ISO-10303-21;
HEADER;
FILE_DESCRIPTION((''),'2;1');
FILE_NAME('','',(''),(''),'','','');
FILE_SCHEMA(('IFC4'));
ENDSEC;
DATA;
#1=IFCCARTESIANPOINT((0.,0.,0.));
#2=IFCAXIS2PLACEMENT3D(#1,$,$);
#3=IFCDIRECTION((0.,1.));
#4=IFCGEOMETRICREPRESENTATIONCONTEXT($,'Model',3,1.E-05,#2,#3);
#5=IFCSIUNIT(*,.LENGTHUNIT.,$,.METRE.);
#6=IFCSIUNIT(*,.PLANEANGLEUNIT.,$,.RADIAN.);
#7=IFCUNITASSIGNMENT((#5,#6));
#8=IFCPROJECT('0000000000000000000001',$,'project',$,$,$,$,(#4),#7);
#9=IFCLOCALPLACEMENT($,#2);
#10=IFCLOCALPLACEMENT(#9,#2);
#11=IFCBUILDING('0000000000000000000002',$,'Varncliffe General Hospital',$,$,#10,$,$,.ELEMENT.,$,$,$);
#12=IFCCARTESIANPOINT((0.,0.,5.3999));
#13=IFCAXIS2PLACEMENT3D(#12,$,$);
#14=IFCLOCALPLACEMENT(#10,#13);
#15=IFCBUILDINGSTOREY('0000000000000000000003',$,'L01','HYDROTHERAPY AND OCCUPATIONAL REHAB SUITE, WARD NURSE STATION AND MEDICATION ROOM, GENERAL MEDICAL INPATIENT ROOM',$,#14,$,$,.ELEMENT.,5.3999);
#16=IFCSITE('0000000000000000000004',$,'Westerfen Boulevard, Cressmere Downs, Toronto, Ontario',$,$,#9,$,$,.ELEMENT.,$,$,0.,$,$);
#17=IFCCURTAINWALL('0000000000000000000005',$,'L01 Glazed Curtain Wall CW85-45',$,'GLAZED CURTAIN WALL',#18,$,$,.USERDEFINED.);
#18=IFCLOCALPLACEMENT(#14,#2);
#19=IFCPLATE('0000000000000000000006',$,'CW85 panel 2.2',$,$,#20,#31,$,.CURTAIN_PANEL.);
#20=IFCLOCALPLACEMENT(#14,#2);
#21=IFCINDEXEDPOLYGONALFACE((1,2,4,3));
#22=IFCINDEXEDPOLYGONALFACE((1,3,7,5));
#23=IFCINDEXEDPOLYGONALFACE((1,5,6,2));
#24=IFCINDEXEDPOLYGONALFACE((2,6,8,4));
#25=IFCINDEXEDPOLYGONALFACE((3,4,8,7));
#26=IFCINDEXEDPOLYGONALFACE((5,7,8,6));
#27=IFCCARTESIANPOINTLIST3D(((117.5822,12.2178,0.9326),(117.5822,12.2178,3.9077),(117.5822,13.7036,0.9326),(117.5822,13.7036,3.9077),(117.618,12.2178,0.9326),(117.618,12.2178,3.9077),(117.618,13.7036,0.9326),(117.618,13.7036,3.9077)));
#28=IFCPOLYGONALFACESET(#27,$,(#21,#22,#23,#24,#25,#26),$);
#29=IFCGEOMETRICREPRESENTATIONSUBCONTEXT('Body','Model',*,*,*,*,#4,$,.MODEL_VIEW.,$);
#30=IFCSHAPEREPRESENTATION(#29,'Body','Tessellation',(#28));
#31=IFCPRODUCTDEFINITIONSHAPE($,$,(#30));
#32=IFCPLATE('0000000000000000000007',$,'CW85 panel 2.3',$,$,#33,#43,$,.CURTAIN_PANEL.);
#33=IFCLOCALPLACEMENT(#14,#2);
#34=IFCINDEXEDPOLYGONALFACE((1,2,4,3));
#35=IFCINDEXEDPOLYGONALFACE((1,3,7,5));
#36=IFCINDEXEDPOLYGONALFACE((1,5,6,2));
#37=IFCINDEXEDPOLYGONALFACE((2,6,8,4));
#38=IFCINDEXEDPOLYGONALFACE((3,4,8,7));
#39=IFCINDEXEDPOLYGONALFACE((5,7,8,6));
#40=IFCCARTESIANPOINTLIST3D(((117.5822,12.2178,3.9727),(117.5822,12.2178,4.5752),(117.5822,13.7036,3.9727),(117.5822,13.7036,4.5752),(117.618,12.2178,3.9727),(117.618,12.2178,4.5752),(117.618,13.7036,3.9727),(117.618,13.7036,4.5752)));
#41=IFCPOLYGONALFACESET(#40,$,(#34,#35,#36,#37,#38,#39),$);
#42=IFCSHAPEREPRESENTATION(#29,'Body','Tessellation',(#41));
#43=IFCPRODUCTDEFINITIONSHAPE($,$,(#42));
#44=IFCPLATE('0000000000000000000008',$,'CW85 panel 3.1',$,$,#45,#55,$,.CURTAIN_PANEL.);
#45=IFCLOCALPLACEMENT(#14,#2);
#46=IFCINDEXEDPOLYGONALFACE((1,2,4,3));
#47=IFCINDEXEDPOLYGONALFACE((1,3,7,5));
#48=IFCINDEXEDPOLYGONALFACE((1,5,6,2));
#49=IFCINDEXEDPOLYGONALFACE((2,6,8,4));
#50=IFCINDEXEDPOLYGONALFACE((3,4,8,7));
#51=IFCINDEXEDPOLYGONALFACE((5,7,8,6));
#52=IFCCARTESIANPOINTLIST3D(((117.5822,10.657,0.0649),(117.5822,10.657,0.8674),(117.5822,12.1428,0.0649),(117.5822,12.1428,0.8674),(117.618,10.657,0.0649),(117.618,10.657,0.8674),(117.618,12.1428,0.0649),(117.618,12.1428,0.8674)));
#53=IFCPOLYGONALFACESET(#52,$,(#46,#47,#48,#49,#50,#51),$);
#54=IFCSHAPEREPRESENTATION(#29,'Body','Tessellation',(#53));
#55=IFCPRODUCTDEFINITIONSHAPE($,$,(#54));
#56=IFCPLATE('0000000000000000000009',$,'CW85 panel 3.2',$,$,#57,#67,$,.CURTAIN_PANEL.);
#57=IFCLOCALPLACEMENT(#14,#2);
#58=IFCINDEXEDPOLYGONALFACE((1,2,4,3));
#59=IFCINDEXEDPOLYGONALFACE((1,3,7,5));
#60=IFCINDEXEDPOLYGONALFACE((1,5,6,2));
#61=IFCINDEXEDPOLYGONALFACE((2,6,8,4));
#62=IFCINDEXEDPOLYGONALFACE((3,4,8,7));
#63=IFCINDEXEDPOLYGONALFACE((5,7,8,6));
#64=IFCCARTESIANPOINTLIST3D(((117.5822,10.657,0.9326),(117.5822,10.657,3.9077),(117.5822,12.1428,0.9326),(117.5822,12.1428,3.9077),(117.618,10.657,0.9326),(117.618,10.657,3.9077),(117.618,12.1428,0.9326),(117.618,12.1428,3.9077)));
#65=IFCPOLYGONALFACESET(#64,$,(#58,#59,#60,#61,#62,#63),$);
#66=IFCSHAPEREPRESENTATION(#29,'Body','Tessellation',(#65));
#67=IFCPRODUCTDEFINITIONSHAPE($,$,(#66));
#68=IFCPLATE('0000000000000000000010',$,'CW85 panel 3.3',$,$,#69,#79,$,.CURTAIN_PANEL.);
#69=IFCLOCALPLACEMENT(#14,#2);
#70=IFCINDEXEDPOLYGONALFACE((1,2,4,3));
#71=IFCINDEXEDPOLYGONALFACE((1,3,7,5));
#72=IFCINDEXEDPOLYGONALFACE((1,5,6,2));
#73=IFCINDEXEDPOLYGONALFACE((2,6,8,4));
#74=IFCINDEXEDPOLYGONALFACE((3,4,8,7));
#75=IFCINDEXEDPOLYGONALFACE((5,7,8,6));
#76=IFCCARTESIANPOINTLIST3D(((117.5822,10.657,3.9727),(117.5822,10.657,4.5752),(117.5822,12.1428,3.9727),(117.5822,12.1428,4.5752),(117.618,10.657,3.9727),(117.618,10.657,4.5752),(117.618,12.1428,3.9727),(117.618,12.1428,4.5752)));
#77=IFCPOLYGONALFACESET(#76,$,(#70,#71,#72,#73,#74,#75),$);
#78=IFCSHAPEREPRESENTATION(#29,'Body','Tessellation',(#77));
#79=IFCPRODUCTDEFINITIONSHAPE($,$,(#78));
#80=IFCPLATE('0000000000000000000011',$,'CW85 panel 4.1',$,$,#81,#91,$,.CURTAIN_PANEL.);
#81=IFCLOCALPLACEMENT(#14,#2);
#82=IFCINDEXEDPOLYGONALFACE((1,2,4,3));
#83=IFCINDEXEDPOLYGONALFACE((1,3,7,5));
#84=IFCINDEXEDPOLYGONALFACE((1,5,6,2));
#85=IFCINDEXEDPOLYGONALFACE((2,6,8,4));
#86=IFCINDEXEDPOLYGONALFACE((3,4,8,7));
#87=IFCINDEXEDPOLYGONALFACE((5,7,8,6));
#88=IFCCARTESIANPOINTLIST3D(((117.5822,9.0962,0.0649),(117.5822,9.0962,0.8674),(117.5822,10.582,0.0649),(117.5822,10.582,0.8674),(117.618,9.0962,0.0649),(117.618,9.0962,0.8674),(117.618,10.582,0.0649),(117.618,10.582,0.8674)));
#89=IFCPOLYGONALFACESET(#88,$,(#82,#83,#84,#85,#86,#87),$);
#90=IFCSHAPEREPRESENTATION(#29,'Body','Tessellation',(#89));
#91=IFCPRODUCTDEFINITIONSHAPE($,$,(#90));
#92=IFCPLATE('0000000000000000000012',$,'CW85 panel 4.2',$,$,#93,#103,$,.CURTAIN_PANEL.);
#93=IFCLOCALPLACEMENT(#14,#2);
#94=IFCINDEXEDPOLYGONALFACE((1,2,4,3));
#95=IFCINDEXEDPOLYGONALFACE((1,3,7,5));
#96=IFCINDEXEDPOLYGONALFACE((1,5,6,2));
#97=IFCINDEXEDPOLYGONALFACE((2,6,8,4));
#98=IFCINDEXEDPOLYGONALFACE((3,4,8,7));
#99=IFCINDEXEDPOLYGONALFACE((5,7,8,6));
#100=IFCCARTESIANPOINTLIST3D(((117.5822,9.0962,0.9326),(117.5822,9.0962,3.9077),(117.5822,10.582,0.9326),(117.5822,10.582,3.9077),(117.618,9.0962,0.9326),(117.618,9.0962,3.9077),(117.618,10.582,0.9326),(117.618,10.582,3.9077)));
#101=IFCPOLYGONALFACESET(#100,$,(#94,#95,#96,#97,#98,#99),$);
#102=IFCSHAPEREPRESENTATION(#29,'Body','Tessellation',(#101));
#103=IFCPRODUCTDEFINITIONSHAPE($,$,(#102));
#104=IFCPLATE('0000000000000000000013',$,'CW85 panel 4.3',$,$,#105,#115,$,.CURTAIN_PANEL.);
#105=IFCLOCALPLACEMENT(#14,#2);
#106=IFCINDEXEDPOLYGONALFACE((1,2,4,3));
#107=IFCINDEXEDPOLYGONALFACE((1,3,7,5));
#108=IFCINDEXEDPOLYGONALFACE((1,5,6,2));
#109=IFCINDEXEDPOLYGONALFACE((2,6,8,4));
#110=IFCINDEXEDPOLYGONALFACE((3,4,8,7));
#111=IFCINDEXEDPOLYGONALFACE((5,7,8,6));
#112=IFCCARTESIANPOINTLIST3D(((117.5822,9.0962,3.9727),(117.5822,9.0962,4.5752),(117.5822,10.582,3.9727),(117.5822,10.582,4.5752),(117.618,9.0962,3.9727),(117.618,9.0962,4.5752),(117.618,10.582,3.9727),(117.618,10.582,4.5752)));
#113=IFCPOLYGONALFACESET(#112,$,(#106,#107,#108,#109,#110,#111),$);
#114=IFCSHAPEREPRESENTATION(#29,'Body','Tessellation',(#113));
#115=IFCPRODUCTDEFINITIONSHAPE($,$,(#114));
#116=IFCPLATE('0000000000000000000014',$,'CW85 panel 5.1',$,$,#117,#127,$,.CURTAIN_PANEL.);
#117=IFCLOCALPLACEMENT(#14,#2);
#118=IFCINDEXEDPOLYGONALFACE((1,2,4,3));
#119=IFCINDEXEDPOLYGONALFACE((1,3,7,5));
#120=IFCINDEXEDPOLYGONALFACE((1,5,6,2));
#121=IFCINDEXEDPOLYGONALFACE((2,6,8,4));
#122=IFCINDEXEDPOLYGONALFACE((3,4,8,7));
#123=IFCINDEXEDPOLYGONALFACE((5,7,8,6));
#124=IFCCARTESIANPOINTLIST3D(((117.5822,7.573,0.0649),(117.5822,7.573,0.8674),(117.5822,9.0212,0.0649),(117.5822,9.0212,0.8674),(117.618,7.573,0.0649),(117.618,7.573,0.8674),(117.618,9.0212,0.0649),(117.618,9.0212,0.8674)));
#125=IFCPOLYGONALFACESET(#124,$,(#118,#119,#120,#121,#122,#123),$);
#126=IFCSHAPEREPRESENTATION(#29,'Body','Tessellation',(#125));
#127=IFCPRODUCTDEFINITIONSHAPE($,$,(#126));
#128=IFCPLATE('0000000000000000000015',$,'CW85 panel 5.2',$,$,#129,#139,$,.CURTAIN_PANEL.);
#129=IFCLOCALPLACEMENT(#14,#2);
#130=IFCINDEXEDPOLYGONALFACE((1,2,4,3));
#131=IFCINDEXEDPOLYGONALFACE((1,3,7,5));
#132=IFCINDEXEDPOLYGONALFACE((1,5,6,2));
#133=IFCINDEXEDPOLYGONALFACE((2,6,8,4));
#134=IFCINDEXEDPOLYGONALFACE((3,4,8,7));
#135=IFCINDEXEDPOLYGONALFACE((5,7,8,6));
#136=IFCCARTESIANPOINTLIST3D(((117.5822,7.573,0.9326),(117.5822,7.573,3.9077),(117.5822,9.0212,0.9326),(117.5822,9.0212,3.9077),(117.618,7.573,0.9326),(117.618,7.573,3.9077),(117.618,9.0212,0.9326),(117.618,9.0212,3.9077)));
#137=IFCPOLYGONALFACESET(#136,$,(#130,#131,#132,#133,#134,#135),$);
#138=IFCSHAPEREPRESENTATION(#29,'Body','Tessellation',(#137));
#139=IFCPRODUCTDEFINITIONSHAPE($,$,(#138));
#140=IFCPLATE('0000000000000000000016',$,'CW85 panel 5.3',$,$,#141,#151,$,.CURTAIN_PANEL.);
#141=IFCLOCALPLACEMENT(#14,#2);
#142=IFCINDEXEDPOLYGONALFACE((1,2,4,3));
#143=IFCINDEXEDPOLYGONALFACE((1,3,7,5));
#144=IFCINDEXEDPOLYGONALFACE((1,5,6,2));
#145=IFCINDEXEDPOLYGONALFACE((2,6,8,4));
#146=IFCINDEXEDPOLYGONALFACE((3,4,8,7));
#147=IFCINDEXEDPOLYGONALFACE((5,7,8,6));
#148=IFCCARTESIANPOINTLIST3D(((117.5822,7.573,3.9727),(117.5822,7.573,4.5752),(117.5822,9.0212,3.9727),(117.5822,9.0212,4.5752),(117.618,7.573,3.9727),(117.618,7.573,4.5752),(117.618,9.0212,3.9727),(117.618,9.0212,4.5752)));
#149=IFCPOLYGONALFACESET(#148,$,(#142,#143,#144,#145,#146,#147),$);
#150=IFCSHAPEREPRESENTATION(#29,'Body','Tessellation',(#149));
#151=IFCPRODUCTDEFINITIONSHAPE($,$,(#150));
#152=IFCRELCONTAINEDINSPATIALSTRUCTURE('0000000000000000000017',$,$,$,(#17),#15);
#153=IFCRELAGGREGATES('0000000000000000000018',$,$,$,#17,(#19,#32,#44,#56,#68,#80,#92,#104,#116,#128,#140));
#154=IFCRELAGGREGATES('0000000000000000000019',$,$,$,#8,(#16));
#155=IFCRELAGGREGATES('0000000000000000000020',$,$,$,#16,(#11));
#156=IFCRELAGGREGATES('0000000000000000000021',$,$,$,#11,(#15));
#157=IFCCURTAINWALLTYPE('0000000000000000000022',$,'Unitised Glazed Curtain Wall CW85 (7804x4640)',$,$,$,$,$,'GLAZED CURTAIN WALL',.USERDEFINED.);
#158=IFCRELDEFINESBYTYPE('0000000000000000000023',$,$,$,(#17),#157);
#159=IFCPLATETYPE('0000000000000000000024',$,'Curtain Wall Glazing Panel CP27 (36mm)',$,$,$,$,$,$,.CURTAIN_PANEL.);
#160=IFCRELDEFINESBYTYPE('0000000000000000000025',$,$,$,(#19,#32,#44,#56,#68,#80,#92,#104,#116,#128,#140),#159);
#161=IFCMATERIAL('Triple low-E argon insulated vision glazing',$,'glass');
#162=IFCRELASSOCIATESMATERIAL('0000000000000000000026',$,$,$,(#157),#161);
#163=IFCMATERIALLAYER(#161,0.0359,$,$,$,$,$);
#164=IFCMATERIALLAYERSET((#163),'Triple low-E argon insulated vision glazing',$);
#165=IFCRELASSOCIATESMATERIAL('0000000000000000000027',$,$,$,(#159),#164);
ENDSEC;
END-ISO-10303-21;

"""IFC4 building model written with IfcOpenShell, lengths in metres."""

from ifc_helpers import new_model, si_unit, direction, frame, origin, origin_2d, place, context, subcontext, project, spatial, rectangle, extrude, material, layer, layer_set, type_object, element, aggregate, save


model = new_model("IFC4")

# Units and contexts
model_context = context("Model", 3, precision=1e-05, world=origin(), true_north=direction((0.0, 1.0)))
body_context = subcontext(model_context, "Body", "Model", "MODEL_VIEW")
ifc_project = project(units=[si_unit("LENGTHUNIT", "METRE"), si_unit("PLANEANGLEUNIT", "RADIAN")], contexts=[model_context])

# Site, building, storey
site_placement = place(None, origin())
site = spatial("IfcSite", under=ifc_project, at=site_placement, Name="Westerfen Boulevard, Cressmere Downs, Toronto, Ontario", CompositionType="ELEMENT", RefElevation=0.0)
building_placement = place(site_placement, origin())
building = spatial("IfcBuilding", under=site, at=building_placement, Name="Varncliffe General Hospital", CompositionType="ELEMENT")
storey_placement = place(building_placement, frame((0.0, 0.0, 5.3999)))
storey = spatial("IfcBuildingStorey", under=building, at=storey_placement, Name="L01", Description="HYDROTHERAPY AND OCCUPATIONAL REHAB SUITE, WARD NURSE STATION AND MEDICATION ROOM, GENERAL MEDICAL INPATIENT ROOM", CompositionType="ELEMENT", Elevation=5.3999)

# Curtain wall
ifc_material_1 = material(Name="Triple low-E argon insulated vision glazing", Category="glass")
curtain_wall_type_1 = type_object("IfcCurtainWallType", Name="Unitised Glazed Curtain Wall CW85 (7804x4640)", ElementType="GLAZED CURTAIN WALL", PredefinedType="USERDEFINED", material=ifc_material_1)
curtain_wall_1_placement = place(storey_placement, origin())
curtain_wall_1 = element("IfcCurtainWall", 1, at=curtain_wall_1_placement, inside=storey, type_object=curtain_wall_type_1, Name="L01 Glazed Curtain Wall CW85-45", ObjectType="GLAZED CURTAIN WALL", PredefinedType="USERDEFINED")

# Plates
ifc_layer_1 = layer(ifc_material_1, 0.0359)
ifc_layer_set_1 = layer_set([ifc_layer_1], Name="Triple low-E argon insulated vision glazing")
plate_type_1 = type_object("IfcPlateType", Name="Curtain Wall Glazing Panel CP27 (36mm)", PredefinedType="CURTAIN_PANEL", material=ifc_layer_set_1)
plate_1_placement = place(storey_placement, frame((117.6001, 12.9607, 0.9326), z_axis=(0.0, 0.0, 1.0), x_axis=(0.0, -1.0, 0.0)))
plate_1 = element("IfcPlate", 2, at=plate_1_placement, type_object=plate_type_1, Name="CW85 panel 2.2", PredefinedType="CURTAIN_PANEL", context=body_context, shape_type="SweptSolid", body=[
    extrude(rectangle(XDim=1.4858, YDim=0.0359, at=origin_2d()), origin(), (0.0, 0.0, 1.0), 2.9751),
])
plate_2_placement = place(storey_placement, frame((117.6001, 12.9607, 3.9727), z_axis=(0.0, 0.0, 1.0), x_axis=(0.0, -1.0, 0.0)))
plate_2 = element("IfcPlate", 3, at=plate_2_placement, type_object=plate_type_1, Name="CW85 panel 2.3", PredefinedType="CURTAIN_PANEL", context=body_context, shape_type="SweptSolid", body=[
    extrude(rectangle(XDim=1.4858, YDim=0.0359, at=origin_2d()), origin(), (0.0, 0.0, 1.0), 0.6025),
])
plate_3_placement = place(storey_placement, frame((117.6001, 11.3999, 0.0649), z_axis=(0.0, 0.0, 1.0), x_axis=(0.0, -1.0, 0.0)))
plate_3 = element("IfcPlate", 4, at=plate_3_placement, type_object=plate_type_1, Name="CW85 panel 3.1", PredefinedType="CURTAIN_PANEL", context=body_context, shape_type="SweptSolid", body=[
    extrude(rectangle(XDim=1.4858, YDim=0.0359, at=origin_2d()), origin(), (0.0, 0.0, 1.0), 0.8025),
])
plate_4_placement = place(storey_placement, frame((117.6001, 11.3999, 0.9326), z_axis=(0.0, 0.0, 1.0), x_axis=(0.0, -1.0, 0.0)))
plate_4 = element("IfcPlate", 5, at=plate_4_placement, type_object=plate_type_1, Name="CW85 panel 3.2", PredefinedType="CURTAIN_PANEL", context=body_context, shape_type="SweptSolid", body=[
    extrude(rectangle(XDim=1.4858, YDim=0.0359, at=origin_2d()), origin(), (0.0, 0.0, 1.0), 2.9751),
])
plate_5_placement = place(storey_placement, frame((117.6001, 11.3999, 3.9727), z_axis=(0.0, 0.0, 1.0), x_axis=(0.0, -1.0, 0.0)))
plate_5 = element("IfcPlate", 6, at=plate_5_placement, type_object=plate_type_1, Name="CW85 panel 3.3", PredefinedType="CURTAIN_PANEL", context=body_context, shape_type="SweptSolid", body=[
    extrude(rectangle(XDim=1.4858, YDim=0.0359, at=origin_2d()), origin(), (0.0, 0.0, 1.0), 0.6025),
])
plate_6_placement = place(storey_placement, frame((117.6001, 9.8391, 0.0649), z_axis=(0.0, 0.0, 1.0), x_axis=(0.0, -1.0, 0.0)))
plate_6 = element("IfcPlate", 7, at=plate_6_placement, type_object=plate_type_1, Name="CW85 panel 4.1", PredefinedType="CURTAIN_PANEL", context=body_context, shape_type="SweptSolid", body=[
    extrude(rectangle(XDim=1.4858, YDim=0.0359, at=origin_2d()), origin(), (0.0, 0.0, 1.0), 0.8025),
])
plate_7_placement = place(storey_placement, frame((117.6001, 9.8391, 0.9326), z_axis=(0.0, 0.0, 1.0), x_axis=(0.0, -1.0, 0.0)))
plate_7 = element("IfcPlate", 8, at=plate_7_placement, type_object=plate_type_1, Name="CW85 panel 4.2", PredefinedType="CURTAIN_PANEL", context=body_context, shape_type="SweptSolid", body=[
    extrude(rectangle(XDim=1.4858, YDim=0.0359, at=origin_2d()), origin(), (0.0, 0.0, 1.0), 2.9751),
])
plate_8_placement = place(storey_placement, frame((117.6001, 9.8391, 3.9727), z_axis=(0.0, 0.0, 1.0), x_axis=(0.0, -1.0, 0.0)))
plate_8 = element("IfcPlate", 9, at=plate_8_placement, type_object=plate_type_1, Name="CW85 panel 4.3", PredefinedType="CURTAIN_PANEL", context=body_context, shape_type="SweptSolid", body=[
    extrude(rectangle(XDim=1.4858, YDim=0.0359, at=origin_2d()), origin(), (0.0, 0.0, 1.0), 0.6025),
])
plate_9_placement = place(storey_placement, frame((117.6001, 8.2971, 0.0649), z_axis=(0.0, 0.0, 1.0), x_axis=(0.0, -1.0, 0.0)))
plate_9 = element("IfcPlate", 10, at=plate_9_placement, type_object=plate_type_1, Name="CW85 panel 5.1", PredefinedType="CURTAIN_PANEL", context=body_context, shape_type="SweptSolid", body=[
    extrude(rectangle(XDim=1.4482, YDim=0.0359, at=origin_2d()), origin(), (0.0, 0.0, 1.0), 0.8025),
])
plate_10_placement = place(storey_placement, frame((117.6001, 8.2971, 0.9326), z_axis=(0.0, 0.0, 1.0), x_axis=(0.0, -1.0, 0.0)))
plate_10 = element("IfcPlate", 11, at=plate_10_placement, type_object=plate_type_1, Name="CW85 panel 5.2", PredefinedType="CURTAIN_PANEL", context=body_context, shape_type="SweptSolid", body=[
    extrude(rectangle(XDim=1.4482, YDim=0.0359, at=origin_2d()), origin(), (0.0, 0.0, 1.0), 2.9751),
])
plate_11_placement = place(storey_placement, frame((117.6001, 8.2971, 3.9727), z_axis=(0.0, 0.0, 1.0), x_axis=(0.0, -1.0, 0.0)))
plate_11 = element("IfcPlate", 12, at=plate_11_placement, type_object=plate_type_1, Name="CW85 panel 5.3", PredefinedType="CURTAIN_PANEL", context=body_context, shape_type="SweptSolid", body=[
    extrude(rectangle(XDim=1.4482, YDim=0.0359, at=origin_2d()), origin(), (0.0, 0.0, 1.0), 0.6025),
])
aggregate(curtain_wall_1, [plate_1, plate_2, plate_3, plate_4, plate_5, plate_6, plate_7, plate_8, plate_9, plate_10, plate_11])

save(model, "model.ifc")
